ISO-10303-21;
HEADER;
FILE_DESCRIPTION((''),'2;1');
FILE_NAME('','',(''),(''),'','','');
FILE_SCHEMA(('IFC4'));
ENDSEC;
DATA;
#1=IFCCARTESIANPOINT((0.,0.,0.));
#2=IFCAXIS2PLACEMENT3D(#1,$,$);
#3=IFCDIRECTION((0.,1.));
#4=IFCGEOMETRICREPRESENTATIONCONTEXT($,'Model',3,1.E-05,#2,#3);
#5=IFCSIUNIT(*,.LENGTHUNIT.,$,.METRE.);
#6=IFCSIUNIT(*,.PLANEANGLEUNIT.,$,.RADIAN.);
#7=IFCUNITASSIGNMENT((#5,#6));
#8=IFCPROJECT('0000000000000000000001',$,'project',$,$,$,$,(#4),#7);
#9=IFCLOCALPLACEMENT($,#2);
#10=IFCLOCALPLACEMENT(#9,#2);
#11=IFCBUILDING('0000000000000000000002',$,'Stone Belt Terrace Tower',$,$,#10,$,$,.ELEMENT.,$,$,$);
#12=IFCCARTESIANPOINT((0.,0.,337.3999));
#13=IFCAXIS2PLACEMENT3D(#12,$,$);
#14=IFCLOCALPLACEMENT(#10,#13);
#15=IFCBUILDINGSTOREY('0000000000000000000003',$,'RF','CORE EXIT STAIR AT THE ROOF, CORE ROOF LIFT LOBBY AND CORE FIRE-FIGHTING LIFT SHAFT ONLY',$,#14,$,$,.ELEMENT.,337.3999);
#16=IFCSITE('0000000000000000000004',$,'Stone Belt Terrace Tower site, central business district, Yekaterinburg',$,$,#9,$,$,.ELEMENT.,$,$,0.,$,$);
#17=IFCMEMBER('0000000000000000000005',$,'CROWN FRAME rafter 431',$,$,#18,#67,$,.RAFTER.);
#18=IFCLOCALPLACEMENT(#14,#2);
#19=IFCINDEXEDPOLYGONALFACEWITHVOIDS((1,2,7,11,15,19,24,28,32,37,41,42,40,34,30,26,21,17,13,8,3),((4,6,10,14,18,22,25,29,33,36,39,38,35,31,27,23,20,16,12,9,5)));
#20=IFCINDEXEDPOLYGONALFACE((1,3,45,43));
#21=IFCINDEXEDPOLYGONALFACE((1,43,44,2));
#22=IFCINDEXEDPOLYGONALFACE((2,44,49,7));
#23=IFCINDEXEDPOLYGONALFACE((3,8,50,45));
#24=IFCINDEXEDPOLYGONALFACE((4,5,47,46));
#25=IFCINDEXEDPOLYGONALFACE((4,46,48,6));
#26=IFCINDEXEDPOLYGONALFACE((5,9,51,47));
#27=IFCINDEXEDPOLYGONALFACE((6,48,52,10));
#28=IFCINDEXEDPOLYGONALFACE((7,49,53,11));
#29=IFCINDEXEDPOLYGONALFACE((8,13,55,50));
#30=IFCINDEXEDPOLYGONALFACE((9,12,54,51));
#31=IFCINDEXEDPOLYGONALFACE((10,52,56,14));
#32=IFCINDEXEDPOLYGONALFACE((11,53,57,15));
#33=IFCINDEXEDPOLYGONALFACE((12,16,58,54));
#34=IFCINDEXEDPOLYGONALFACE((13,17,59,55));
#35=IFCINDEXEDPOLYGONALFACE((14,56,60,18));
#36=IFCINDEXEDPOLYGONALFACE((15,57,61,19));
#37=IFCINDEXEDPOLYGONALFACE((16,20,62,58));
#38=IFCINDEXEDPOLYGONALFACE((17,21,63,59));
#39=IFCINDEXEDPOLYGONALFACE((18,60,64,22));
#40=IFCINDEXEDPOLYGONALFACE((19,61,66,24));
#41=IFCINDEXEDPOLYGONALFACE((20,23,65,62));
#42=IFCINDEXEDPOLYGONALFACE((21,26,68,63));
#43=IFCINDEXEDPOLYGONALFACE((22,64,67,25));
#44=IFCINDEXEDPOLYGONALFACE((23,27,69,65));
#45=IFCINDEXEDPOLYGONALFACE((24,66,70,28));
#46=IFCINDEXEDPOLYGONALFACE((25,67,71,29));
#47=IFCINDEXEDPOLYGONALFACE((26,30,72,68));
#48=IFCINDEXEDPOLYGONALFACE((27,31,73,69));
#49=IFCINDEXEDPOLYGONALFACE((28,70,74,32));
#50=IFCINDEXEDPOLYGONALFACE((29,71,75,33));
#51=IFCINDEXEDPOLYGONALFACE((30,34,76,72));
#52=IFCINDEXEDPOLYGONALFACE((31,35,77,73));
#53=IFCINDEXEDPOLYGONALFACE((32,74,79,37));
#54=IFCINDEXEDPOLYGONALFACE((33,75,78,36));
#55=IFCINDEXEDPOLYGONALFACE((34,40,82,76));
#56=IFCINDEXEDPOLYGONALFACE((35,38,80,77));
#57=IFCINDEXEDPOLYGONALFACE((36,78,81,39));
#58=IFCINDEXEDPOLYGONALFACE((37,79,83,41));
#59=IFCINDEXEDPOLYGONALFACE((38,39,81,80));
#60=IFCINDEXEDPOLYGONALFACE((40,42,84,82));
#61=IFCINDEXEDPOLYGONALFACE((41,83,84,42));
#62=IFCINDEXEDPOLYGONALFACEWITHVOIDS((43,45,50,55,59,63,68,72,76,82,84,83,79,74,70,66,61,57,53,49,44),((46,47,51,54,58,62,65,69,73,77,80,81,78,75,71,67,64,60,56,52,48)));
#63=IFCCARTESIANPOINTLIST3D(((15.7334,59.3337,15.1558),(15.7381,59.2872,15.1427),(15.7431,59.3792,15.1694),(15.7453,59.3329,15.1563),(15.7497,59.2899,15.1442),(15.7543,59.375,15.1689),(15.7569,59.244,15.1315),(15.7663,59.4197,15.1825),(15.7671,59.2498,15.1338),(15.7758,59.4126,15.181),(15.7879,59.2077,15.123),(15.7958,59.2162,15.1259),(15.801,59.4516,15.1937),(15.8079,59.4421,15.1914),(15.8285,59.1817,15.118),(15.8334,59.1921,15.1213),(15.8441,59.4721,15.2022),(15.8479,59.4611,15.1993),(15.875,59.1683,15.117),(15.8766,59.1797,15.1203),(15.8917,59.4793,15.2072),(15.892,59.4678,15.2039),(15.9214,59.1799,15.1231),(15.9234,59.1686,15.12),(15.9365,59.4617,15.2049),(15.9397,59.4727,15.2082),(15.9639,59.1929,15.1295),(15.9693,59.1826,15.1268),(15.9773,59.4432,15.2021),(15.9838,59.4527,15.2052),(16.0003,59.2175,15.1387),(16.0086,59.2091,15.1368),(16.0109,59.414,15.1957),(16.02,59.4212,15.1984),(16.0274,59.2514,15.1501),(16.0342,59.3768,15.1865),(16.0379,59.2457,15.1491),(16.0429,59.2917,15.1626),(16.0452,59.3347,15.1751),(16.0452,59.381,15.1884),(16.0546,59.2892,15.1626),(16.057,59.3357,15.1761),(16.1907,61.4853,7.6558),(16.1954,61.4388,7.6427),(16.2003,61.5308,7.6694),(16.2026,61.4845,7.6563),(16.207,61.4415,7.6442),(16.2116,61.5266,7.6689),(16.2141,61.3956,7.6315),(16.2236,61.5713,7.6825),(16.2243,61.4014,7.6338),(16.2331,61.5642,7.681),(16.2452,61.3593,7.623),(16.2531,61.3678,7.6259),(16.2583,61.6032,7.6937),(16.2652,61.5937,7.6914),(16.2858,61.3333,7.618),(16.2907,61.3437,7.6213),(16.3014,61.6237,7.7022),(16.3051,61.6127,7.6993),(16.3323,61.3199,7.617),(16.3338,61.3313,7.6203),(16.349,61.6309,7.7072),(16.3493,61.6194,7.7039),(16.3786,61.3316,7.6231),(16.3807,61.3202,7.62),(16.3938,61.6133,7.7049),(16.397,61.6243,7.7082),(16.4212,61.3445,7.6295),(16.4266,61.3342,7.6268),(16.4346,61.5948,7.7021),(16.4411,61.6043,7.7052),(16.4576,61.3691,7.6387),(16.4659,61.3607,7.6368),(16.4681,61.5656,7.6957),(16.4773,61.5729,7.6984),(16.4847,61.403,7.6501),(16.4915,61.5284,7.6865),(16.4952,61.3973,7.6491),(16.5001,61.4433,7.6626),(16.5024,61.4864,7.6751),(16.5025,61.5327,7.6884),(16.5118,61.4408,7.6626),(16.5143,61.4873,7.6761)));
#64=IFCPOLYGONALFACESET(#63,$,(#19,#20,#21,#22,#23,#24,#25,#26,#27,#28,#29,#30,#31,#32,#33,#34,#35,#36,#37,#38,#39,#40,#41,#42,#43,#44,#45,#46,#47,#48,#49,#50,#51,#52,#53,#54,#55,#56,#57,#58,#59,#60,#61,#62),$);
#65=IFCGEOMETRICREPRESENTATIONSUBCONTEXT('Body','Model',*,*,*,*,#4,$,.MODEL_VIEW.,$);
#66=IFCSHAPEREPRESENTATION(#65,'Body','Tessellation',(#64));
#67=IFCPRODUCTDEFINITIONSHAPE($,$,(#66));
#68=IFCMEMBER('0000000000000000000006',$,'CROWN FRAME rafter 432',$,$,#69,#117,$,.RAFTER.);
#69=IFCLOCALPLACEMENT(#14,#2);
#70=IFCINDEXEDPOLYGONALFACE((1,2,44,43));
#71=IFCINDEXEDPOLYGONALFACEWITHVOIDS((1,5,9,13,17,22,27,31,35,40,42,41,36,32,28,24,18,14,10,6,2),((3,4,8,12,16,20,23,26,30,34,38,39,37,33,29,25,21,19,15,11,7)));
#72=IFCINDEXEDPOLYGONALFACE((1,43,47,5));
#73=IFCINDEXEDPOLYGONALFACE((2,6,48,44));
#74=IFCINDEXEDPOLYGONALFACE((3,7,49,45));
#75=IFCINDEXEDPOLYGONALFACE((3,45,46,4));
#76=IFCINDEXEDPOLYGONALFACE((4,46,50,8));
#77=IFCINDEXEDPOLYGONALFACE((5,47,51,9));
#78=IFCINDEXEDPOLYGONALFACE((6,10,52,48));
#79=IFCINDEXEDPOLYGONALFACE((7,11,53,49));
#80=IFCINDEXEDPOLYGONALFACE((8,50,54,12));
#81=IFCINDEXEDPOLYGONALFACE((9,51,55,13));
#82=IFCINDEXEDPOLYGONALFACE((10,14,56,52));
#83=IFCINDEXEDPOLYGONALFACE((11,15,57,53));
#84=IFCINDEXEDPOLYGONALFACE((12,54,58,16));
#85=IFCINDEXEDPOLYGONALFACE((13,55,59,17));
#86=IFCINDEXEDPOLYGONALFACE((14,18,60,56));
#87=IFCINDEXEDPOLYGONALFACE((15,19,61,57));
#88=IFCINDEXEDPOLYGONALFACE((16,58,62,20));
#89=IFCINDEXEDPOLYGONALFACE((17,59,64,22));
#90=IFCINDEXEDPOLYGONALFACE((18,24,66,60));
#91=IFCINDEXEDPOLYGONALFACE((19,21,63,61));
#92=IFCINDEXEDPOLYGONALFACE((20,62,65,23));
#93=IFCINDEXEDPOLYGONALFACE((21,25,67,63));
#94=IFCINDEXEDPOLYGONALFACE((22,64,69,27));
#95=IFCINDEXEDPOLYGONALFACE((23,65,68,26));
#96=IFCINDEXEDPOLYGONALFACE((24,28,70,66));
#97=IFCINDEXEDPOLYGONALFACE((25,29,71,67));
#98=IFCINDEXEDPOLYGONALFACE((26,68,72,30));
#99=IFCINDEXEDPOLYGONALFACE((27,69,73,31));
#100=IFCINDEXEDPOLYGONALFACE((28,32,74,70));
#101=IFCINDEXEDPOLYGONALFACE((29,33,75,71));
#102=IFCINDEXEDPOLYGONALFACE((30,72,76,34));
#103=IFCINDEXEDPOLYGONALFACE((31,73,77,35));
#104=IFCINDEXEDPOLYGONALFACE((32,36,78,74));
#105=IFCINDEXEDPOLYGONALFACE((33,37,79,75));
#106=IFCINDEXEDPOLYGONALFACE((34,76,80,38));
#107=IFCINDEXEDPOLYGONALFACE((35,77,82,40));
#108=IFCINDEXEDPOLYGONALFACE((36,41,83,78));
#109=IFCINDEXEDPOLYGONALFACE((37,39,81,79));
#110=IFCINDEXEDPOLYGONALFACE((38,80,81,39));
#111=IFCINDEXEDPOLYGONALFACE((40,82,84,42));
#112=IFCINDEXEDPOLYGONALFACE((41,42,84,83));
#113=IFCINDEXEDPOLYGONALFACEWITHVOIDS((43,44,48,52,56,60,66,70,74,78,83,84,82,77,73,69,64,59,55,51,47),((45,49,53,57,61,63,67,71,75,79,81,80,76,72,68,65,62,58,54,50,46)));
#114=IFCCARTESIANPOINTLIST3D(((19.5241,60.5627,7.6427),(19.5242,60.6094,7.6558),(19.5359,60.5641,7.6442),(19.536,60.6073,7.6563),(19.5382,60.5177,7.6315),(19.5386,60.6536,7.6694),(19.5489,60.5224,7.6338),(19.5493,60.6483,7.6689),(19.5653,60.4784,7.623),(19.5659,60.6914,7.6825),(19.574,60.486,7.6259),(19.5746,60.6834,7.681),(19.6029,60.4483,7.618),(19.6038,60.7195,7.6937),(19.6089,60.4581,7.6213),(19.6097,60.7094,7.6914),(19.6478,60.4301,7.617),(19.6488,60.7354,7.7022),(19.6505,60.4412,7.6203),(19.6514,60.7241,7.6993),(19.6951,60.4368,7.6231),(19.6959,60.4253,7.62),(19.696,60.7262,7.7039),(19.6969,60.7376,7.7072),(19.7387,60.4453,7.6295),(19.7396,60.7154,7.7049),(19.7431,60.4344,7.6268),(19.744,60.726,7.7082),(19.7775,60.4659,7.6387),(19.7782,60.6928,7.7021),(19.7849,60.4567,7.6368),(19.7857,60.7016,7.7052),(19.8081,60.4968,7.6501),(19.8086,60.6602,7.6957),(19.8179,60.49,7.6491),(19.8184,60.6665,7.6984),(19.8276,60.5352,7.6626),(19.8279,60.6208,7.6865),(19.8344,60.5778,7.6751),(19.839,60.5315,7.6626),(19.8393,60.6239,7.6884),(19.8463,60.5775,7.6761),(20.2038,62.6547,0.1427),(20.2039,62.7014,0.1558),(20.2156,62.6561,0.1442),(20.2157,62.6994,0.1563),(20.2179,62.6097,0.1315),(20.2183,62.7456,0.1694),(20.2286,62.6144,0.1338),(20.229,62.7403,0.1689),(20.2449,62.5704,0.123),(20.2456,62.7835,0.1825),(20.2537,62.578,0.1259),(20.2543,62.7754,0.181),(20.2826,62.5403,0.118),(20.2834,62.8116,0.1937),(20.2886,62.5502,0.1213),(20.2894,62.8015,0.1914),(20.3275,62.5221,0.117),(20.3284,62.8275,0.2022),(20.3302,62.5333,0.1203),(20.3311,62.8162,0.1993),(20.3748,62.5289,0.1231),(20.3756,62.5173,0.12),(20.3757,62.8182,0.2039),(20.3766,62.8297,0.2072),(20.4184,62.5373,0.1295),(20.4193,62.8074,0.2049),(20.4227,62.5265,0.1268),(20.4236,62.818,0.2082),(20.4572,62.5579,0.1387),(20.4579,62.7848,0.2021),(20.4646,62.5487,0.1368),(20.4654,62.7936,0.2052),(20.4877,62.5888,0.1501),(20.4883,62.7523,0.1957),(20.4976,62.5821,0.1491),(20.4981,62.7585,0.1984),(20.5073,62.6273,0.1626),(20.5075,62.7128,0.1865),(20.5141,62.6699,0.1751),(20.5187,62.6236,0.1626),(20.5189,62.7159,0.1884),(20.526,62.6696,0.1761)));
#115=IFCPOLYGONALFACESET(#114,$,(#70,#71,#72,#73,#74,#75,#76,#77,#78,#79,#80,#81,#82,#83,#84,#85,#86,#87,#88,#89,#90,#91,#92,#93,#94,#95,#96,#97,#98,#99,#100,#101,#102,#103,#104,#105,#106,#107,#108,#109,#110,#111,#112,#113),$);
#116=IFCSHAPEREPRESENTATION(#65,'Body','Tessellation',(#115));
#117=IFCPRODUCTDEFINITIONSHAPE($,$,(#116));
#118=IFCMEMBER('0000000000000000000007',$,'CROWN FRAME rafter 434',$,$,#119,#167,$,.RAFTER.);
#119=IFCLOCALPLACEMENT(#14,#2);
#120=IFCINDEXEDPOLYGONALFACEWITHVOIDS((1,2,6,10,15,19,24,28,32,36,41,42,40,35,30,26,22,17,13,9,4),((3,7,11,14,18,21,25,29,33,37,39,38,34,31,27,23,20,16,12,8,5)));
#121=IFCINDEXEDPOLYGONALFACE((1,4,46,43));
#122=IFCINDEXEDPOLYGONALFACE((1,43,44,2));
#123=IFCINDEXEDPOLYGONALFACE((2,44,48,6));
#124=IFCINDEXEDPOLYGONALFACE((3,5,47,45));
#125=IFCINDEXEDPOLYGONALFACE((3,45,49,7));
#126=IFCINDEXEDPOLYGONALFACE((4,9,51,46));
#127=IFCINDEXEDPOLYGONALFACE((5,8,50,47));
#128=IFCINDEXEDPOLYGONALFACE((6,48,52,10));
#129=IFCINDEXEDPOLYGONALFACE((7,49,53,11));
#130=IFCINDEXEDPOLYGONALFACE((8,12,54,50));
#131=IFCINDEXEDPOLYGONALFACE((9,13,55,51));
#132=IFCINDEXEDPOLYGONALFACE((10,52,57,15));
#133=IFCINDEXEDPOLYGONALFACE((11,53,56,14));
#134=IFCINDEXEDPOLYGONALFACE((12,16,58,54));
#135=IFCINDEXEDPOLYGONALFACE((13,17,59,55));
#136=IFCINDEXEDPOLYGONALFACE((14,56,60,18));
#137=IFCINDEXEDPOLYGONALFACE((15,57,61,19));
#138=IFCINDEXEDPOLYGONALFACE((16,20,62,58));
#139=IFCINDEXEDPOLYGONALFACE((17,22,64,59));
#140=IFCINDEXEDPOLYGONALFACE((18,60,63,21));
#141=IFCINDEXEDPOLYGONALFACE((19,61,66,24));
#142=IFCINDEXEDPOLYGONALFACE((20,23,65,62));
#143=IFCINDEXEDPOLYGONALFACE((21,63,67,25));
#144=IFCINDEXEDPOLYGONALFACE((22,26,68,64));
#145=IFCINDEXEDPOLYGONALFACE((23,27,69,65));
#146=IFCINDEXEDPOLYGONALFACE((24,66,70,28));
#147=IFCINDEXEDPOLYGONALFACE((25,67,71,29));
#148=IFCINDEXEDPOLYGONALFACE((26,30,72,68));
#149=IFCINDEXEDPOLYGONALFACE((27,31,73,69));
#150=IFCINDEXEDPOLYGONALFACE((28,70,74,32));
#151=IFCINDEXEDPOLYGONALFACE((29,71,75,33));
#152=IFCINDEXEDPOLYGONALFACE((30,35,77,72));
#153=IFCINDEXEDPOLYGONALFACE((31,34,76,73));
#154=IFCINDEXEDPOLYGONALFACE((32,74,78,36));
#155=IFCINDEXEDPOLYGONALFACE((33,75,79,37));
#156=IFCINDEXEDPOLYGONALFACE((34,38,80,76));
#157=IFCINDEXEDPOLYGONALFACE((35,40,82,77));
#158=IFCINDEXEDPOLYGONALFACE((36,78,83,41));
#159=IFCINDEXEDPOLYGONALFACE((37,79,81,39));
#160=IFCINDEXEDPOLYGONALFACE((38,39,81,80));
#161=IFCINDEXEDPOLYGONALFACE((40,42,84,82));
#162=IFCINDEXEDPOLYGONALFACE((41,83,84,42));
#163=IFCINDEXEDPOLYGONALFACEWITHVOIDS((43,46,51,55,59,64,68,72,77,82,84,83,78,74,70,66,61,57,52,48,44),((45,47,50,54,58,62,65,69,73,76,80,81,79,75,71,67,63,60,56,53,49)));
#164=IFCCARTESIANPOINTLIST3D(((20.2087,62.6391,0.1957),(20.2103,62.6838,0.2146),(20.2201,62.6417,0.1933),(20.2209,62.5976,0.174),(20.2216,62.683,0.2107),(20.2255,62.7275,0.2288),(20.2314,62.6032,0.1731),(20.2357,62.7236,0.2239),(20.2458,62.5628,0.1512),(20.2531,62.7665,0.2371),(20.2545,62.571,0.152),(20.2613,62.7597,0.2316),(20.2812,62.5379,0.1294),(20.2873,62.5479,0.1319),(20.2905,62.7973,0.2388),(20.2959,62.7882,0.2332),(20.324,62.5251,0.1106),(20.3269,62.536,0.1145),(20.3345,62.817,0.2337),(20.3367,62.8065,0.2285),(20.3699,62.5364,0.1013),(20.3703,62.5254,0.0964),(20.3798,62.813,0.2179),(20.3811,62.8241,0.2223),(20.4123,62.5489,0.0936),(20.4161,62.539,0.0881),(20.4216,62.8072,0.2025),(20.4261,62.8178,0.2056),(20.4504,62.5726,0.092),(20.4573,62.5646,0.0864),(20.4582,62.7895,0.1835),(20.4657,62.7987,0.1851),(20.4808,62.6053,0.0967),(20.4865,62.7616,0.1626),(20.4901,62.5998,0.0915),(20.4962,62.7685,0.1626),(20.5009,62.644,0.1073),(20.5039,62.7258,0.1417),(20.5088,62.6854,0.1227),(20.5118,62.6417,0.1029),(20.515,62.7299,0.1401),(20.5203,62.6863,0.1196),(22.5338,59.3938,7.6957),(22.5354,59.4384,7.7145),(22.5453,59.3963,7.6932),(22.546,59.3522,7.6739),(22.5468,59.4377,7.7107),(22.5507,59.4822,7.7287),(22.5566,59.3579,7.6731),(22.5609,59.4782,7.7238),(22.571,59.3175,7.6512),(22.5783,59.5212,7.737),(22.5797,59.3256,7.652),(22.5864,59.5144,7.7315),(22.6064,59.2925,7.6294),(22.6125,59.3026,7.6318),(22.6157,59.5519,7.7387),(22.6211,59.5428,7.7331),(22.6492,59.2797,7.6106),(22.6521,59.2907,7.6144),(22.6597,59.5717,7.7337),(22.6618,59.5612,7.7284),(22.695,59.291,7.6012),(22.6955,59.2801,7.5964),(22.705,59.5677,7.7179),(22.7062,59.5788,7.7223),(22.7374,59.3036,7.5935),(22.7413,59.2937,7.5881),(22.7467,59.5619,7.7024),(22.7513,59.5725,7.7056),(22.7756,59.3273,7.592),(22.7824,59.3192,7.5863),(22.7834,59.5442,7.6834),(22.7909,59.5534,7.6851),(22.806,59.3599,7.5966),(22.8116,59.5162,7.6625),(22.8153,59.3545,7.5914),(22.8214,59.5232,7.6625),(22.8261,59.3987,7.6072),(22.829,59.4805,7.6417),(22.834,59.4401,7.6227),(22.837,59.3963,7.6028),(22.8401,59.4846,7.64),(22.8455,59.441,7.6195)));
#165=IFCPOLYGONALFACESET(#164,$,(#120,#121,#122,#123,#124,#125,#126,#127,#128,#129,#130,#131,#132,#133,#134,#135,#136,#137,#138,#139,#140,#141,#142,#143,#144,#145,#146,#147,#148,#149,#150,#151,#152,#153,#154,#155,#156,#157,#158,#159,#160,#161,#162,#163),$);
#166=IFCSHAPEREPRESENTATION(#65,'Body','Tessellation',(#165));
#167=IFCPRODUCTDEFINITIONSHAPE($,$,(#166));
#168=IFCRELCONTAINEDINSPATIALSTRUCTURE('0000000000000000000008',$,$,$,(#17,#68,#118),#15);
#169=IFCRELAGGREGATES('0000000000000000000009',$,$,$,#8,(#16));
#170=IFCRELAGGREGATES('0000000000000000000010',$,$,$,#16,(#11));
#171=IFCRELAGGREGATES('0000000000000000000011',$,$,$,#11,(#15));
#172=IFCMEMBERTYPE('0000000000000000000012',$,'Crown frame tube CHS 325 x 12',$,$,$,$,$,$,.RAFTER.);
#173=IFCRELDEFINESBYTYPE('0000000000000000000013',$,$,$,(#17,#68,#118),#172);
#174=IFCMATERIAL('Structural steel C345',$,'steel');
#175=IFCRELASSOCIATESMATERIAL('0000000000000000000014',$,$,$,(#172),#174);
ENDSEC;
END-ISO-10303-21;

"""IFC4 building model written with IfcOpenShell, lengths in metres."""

from ifc_helpers import new_model, si_unit, direction, frame, origin, origin_2d, place, context, subcontext, project, spatial, hollow_circle, extrude, material, material_profile, profile_set, type_object, element, save


model = new_model("IFC4")

# Units and contexts
model_context = context("Model", 3, precision=1e-05, world=origin(), true_north=direction((0.0, 1.0)))
body_context = subcontext(model_context, "Body", "Model", "MODEL_VIEW")
ifc_project = project(units=[si_unit("LENGTHUNIT", "METRE"), si_unit("PLANEANGLEUNIT", "RADIAN")], contexts=[model_context])

# Site, building, storey
site_placement = place(None, origin())
site = spatial("IfcSite", under=ifc_project, at=site_placement, Name="Stone Belt Terrace Tower site, central business district, Yekaterinburg", CompositionType="ELEMENT", RefElevation=0.0)
building_placement = place(site_placement, origin())
building = spatial("IfcBuilding", under=site, at=building_placement, Name="Stone Belt Terrace Tower", CompositionType="ELEMENT")
storey_placement = place(building_placement, frame((0.0, 0.0, 337.3999)))
storey = spatial("IfcBuildingStorey", under=building, at=storey_placement, Name="RF", Description="CORE EXIT STAIR AT THE ROOF, CORE ROOF LIFT LOBBY AND CORE FIRE-FIGHTING LIFT SHAFT ONLY", CompositionType="ELEMENT", Elevation=337.3999)

# Members
ifc_material_1 = material(Name="Structural steel C345", Category="steel")
ifc_material_profile_1 = material_profile(ifc_material_1, hollow_circle(Radius=0.1626, WallThickness=0.012, at=origin_2d()), Name="Structural steel C345 CHS 325x12")
ifc_profile_set_1 = profile_set([ifc_material_profile_1], Name="Structural steel C345")
member_type_1 = type_object("IfcMemberType", Name="Crown frame tube CHS 325 x 12", PredefinedType="RAFTER", material=ifc_profile_set_1)
for number, where, z_axis, x_axis, name in (
    (1, (16.3528, 61.4746, 7.6626), (-0.058506, -0.275286, 0.959581), (0.978153, -0.207884, 0.0), "CROWN FRAME rafter 431"),
    (2, (20.364, 62.6738, 0.1626), (-0.086962, -0.267664, 0.95958), (0.951064, -0.308993, 0.0), "CROWN FRAME rafter 432"),
):
    element("IfcMember", number, at=place(storey_placement, frame(where, z_axis=z_axis, x_axis=x_axis)), inside=storey, type_object=member_type_1, Name=name, PredefinedType="RAFTER", context=body_context, shape_type="SweptSolid", body=[
        extrude(hollow_circle(Radius=0.1626, WallThickness=0.012, at=origin_2d()), origin(), (0.0, 0.0, 1.0), 7.8159),
    ])
member_1_placement = place(storey_placement, frame((20.364, 62.6738, 0.1626), z_axis=(0.273668, -0.381969, 0.882726), x_axis=(0.812894, 0.582412, 0.0)))
element("IfcMember", 3, at=member_1_placement, inside=storey, type_object=member_type_1, Name="CROWN FRAME rafter 434", PredefinedType="RAFTER", context=body_context, shape_type="SweptSolid", body=[
    extrude(hollow_circle(Radius=0.1626, WallThickness=0.012, at=origin_2d()), origin(), (0.0, 0.0, 1.0), 8.4963),
])

save(model, "model.ifc")
